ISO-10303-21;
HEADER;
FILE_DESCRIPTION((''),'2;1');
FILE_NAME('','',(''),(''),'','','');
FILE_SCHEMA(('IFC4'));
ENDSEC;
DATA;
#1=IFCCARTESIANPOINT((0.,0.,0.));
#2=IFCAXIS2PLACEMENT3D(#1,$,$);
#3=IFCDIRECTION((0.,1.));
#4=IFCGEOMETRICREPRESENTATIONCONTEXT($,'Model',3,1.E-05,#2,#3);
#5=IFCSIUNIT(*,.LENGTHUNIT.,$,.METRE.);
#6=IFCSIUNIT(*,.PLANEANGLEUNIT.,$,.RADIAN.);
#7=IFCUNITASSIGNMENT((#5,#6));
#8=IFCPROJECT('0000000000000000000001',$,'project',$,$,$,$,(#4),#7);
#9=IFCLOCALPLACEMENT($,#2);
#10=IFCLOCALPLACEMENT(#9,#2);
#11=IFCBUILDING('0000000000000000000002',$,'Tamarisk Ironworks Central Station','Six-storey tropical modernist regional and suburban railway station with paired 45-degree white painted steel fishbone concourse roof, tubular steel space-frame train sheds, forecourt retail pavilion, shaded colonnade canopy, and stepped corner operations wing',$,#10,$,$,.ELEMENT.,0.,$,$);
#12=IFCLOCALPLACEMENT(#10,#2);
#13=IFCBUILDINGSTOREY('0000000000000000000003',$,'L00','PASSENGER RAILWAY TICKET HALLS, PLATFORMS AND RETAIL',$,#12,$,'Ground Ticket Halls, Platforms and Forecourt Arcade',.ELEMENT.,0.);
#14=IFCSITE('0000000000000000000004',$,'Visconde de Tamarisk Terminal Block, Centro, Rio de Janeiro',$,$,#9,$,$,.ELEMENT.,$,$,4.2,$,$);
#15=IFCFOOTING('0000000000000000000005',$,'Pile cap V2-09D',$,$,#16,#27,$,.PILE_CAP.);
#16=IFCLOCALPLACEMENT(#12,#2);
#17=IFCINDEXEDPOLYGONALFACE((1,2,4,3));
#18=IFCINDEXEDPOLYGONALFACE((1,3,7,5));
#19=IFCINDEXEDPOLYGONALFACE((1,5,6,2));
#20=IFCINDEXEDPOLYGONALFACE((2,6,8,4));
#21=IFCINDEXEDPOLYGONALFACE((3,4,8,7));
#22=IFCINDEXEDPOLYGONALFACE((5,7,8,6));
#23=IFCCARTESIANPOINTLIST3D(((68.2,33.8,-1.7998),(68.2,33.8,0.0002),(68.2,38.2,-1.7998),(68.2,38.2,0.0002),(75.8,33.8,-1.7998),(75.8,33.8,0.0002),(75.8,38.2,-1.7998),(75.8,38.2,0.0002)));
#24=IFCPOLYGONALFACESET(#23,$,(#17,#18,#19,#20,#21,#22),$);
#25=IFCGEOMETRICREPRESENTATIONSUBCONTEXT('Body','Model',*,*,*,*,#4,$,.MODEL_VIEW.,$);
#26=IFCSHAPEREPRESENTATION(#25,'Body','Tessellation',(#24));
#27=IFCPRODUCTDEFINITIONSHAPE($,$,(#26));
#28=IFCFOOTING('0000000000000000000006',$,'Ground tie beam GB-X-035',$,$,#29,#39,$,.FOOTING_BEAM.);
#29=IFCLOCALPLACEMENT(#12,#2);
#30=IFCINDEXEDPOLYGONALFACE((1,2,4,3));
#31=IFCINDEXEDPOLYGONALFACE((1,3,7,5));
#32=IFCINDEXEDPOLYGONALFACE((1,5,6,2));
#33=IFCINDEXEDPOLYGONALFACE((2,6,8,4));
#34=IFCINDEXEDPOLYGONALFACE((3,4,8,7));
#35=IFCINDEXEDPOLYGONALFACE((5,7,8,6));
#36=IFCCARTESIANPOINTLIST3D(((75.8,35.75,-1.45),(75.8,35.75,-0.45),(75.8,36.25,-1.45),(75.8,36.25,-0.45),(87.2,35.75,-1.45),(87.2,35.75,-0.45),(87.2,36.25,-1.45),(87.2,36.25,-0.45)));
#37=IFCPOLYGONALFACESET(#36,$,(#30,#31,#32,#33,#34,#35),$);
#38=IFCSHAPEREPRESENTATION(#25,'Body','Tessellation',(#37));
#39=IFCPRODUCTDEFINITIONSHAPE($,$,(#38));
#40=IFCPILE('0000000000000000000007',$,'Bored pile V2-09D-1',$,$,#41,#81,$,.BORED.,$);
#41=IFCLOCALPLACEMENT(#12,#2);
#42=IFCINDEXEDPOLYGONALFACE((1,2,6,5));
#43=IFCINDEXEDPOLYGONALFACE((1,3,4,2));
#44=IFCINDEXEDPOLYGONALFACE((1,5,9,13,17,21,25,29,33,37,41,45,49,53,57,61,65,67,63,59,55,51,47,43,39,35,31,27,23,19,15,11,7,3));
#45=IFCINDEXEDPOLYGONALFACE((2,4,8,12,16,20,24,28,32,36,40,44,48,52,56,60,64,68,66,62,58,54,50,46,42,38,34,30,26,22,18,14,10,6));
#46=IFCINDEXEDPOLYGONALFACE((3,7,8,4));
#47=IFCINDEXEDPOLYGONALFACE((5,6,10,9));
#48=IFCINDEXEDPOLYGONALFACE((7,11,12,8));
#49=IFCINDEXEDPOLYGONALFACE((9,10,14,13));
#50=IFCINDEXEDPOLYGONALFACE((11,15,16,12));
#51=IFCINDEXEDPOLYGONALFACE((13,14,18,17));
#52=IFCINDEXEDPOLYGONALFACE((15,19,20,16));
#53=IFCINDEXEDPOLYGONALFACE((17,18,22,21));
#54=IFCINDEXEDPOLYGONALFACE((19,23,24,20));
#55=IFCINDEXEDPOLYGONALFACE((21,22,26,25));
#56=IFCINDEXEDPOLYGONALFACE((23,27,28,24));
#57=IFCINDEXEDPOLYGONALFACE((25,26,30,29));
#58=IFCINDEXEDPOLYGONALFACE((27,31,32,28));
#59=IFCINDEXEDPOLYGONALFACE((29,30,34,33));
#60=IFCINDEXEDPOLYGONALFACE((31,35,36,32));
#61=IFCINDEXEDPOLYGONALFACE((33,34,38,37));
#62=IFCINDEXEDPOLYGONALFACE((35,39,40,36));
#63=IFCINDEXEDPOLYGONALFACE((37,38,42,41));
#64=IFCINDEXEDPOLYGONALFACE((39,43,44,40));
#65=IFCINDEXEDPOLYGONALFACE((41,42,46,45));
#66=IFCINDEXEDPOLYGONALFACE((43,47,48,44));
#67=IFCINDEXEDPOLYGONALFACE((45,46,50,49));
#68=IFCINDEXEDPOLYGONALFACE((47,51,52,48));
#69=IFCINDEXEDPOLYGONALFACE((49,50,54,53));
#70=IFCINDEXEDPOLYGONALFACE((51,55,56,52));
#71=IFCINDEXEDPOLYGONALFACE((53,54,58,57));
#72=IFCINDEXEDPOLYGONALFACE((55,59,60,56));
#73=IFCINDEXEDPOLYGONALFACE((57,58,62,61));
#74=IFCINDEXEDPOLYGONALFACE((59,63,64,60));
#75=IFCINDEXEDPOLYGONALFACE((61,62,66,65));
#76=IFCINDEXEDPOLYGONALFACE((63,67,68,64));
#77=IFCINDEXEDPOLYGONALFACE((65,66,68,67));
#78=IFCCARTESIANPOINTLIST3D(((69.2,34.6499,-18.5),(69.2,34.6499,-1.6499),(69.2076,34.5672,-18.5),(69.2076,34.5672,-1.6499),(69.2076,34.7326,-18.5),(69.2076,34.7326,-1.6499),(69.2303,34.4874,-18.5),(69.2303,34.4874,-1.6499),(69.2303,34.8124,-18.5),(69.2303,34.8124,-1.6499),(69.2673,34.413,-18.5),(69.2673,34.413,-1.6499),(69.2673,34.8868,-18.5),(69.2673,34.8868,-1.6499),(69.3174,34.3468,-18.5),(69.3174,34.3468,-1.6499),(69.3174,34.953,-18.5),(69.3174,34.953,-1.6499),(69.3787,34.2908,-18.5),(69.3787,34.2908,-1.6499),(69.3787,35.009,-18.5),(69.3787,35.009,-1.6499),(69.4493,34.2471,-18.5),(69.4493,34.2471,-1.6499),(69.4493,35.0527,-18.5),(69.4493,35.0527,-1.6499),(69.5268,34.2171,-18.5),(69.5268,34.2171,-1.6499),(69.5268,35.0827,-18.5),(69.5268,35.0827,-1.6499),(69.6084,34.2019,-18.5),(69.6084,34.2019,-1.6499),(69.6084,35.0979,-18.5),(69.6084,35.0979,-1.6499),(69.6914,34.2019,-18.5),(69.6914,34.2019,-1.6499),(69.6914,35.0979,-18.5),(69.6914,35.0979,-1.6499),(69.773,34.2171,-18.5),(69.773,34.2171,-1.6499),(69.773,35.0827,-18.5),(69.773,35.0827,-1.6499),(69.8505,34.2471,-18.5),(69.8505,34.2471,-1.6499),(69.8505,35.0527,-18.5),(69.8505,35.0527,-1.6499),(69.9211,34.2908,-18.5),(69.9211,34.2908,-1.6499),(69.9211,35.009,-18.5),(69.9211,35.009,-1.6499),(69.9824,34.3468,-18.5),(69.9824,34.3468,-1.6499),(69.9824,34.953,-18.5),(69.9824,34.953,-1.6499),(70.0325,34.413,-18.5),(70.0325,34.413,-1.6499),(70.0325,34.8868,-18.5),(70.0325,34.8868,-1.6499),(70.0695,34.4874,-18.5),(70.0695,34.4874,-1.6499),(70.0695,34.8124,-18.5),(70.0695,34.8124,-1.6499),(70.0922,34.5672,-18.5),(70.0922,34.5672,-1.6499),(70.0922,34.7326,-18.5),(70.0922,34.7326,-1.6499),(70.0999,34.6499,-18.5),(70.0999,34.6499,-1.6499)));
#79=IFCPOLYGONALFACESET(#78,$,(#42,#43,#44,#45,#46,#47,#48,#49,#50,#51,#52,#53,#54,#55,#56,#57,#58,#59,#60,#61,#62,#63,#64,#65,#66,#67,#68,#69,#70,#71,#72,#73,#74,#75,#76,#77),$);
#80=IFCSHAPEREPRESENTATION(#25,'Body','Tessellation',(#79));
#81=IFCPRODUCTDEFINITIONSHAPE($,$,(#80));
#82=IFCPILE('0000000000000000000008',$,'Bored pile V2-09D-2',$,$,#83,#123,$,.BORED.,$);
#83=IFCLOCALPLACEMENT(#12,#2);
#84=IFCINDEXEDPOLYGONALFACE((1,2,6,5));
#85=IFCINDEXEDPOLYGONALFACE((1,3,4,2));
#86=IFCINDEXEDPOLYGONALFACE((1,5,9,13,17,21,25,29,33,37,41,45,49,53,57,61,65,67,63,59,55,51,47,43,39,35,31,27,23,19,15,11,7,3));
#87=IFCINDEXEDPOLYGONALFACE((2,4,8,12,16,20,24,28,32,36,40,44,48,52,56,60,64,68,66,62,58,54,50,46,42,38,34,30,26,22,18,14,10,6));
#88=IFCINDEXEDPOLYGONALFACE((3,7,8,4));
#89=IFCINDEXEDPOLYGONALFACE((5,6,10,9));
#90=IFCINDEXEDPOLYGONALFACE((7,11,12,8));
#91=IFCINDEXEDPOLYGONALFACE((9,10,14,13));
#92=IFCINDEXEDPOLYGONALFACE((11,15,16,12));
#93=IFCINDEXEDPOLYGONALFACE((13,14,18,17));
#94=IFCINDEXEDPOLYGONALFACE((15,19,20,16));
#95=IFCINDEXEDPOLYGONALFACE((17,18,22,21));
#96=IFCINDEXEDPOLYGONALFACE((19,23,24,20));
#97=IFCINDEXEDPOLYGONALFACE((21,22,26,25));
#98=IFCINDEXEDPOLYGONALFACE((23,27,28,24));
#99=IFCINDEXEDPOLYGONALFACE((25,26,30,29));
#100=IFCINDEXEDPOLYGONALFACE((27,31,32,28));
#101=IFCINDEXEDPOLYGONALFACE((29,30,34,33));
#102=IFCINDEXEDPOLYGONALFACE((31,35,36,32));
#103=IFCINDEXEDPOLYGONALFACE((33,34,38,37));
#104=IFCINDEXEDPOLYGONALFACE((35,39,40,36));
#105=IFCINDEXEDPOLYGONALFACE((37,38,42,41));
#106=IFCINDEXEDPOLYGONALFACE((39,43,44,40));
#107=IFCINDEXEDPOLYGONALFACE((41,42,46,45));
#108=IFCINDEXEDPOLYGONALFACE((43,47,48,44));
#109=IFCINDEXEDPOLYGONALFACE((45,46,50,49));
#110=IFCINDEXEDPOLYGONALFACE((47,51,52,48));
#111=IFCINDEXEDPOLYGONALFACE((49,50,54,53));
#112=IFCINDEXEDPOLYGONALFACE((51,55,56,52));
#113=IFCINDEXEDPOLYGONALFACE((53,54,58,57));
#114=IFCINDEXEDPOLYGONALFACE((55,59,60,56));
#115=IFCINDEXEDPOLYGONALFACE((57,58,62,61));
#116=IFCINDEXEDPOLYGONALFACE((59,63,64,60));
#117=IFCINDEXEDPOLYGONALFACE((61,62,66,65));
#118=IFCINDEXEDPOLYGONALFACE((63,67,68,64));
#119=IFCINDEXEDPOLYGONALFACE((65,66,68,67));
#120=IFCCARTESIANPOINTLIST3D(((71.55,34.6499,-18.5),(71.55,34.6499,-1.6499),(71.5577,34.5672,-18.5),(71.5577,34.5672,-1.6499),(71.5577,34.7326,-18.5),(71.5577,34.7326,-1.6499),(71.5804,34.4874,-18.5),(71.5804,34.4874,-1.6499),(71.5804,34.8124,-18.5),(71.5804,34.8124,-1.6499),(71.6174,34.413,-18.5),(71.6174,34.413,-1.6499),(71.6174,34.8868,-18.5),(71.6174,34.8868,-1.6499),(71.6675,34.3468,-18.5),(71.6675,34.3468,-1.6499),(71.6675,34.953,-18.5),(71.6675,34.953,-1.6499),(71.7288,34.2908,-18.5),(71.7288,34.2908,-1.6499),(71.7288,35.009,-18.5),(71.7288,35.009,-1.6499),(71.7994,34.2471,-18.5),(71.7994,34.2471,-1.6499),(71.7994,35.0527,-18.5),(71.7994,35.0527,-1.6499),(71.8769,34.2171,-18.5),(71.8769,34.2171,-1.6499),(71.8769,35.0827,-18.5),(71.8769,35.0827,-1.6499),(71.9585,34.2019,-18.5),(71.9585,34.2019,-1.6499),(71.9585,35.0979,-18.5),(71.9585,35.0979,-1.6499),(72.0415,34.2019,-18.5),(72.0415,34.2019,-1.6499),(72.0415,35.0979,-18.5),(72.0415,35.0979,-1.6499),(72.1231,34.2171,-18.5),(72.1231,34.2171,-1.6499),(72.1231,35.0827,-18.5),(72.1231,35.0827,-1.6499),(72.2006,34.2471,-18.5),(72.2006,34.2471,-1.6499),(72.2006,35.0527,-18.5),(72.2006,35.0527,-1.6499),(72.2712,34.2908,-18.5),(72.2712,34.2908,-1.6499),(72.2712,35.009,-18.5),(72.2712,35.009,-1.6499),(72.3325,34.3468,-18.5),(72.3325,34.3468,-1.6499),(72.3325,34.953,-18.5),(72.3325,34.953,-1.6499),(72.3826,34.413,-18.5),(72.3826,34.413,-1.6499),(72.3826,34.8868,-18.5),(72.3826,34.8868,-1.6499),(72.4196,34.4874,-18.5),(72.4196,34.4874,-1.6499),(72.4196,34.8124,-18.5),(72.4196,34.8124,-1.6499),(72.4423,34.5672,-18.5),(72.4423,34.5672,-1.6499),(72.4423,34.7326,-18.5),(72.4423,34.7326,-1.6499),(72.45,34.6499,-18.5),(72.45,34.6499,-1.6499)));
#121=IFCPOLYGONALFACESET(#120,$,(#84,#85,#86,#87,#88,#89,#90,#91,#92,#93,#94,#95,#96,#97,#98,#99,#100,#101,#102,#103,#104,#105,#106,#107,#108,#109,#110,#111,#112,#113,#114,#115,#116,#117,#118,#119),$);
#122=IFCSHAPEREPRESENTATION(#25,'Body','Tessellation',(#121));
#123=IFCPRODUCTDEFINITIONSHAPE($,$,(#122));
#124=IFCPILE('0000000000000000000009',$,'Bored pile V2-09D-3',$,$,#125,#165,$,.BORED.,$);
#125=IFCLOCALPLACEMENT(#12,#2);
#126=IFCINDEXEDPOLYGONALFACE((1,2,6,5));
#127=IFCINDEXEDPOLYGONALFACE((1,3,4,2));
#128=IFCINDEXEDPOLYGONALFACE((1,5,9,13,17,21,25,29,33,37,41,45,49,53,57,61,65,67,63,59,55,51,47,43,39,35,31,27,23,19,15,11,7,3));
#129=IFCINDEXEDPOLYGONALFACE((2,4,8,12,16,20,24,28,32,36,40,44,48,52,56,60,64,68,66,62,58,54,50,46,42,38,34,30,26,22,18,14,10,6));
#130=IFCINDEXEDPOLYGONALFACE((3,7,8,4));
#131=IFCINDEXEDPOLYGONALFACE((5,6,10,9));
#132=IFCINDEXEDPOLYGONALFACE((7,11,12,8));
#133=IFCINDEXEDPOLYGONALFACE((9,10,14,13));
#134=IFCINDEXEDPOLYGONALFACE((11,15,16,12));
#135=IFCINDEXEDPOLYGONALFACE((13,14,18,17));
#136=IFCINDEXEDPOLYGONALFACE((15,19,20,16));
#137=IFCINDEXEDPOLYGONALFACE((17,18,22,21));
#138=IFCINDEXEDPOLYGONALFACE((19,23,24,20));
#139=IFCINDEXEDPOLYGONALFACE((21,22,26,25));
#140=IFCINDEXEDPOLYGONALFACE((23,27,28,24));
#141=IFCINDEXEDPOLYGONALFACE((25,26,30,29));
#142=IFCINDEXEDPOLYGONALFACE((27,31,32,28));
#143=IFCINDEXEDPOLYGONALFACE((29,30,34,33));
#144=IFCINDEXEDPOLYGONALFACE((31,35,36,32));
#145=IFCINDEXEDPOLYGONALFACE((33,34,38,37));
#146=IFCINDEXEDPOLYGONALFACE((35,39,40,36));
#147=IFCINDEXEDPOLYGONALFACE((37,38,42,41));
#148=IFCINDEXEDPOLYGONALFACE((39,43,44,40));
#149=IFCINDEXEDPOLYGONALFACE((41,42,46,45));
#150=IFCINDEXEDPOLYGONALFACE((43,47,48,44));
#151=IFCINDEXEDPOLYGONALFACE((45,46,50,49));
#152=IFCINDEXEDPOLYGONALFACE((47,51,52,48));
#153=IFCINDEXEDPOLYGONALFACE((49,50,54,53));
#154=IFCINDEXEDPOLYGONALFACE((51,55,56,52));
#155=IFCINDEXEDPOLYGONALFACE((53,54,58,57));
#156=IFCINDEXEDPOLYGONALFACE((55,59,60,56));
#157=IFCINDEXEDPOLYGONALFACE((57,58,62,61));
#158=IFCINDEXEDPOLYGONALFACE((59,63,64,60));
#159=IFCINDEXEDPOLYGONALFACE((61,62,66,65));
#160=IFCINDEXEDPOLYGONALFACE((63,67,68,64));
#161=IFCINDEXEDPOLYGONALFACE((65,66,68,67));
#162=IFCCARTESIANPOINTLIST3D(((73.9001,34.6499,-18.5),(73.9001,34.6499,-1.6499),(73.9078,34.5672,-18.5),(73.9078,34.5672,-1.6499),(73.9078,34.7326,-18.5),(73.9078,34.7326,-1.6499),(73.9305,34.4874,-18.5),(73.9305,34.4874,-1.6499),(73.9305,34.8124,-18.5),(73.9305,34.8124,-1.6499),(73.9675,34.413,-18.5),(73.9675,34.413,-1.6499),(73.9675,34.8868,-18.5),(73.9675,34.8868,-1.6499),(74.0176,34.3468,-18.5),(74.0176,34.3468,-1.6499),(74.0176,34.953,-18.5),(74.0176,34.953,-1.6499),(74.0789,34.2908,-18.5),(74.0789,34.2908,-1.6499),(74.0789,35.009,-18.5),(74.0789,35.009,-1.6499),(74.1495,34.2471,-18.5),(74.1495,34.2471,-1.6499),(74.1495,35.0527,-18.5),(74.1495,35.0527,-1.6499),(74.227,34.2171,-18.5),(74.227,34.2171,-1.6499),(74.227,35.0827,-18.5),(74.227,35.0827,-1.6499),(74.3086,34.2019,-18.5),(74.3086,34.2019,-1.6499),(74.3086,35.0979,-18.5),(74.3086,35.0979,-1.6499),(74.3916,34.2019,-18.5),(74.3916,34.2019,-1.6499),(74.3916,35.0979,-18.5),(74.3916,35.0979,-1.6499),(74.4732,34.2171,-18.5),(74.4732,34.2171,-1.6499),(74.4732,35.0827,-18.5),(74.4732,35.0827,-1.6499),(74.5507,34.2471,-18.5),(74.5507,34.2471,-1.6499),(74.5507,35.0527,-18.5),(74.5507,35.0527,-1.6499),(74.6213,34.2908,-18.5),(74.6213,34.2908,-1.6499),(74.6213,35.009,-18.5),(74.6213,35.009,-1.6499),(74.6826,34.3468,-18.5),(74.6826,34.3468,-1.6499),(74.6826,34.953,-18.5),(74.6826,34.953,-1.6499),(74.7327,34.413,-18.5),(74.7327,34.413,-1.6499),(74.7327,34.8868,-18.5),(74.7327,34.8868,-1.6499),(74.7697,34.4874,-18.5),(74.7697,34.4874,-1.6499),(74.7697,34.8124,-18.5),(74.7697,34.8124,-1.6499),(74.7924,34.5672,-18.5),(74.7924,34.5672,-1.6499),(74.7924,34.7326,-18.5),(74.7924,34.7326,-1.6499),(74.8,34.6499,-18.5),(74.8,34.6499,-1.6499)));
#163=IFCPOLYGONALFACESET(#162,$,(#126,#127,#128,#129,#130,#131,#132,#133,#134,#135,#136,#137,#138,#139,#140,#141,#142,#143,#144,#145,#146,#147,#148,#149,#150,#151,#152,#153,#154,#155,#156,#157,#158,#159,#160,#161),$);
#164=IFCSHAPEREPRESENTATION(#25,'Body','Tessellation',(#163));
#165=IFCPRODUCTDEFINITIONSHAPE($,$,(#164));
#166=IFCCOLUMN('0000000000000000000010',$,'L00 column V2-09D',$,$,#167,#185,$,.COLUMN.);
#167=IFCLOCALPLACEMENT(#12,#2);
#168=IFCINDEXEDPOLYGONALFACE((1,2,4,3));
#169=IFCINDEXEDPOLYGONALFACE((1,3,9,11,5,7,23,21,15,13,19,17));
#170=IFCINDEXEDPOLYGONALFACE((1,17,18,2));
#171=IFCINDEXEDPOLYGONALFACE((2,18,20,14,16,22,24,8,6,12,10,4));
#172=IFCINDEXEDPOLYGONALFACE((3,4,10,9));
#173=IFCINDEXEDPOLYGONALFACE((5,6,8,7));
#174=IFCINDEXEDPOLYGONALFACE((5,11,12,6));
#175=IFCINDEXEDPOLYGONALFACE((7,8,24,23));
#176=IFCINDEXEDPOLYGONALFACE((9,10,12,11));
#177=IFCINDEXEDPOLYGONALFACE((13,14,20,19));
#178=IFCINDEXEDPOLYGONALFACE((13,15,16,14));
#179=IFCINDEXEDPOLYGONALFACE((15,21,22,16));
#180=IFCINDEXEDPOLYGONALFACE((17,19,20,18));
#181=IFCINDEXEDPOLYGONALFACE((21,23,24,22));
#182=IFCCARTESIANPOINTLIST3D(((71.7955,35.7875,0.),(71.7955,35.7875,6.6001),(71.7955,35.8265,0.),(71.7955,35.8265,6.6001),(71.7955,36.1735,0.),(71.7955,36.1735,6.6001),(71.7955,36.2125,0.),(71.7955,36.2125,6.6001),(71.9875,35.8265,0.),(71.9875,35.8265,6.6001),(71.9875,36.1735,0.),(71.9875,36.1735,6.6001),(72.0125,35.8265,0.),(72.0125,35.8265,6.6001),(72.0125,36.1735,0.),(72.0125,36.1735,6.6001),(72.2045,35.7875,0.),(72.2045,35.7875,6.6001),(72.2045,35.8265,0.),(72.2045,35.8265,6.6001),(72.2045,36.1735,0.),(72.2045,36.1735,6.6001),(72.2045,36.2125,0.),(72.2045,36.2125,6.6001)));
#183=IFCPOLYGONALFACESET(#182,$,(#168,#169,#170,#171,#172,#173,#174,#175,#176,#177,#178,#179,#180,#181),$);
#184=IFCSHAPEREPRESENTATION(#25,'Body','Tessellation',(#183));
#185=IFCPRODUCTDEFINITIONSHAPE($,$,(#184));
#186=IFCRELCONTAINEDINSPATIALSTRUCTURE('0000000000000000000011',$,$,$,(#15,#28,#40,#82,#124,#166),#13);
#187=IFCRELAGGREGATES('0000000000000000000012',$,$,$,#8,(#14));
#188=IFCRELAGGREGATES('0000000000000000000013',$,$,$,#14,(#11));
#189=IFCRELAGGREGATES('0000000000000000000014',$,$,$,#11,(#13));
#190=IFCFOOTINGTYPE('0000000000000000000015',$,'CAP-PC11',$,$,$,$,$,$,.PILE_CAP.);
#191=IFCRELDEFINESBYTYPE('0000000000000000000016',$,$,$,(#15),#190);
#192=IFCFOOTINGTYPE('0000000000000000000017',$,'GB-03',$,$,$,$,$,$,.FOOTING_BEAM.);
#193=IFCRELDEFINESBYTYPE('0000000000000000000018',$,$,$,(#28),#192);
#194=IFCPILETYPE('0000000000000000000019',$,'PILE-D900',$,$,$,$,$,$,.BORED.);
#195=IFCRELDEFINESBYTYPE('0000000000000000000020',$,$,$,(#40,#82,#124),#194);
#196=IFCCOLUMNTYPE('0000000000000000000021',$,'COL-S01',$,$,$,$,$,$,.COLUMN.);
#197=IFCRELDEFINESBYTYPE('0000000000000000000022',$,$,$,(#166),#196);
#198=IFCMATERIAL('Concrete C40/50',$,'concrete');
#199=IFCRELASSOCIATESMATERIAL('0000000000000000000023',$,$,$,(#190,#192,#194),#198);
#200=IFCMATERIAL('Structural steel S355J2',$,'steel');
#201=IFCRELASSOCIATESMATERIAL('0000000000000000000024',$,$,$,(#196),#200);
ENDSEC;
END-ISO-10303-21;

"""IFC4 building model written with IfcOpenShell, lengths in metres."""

from ifc_helpers import new_model, si_unit, direction, frame, origin, origin_2d, place, context, subcontext, project, spatial, rectangle, circle, i_section, extrude, material, material_profile, profile_set, type_object, element, save


model = new_model("IFC4")

# Units and contexts
model_context = context("Model", 3, precision=1e-05, world=origin(), true_north=direction((0.0, 1.0)))
body_context = subcontext(model_context, "Body", "Model", "MODEL_VIEW")
ifc_project = project(units=[si_unit("LENGTHUNIT", "METRE"), si_unit("PLANEANGLEUNIT", "RADIAN")], contexts=[model_context])

# Site, building, storey
site_placement = place(None, origin())
site = spatial("IfcSite", under=ifc_project, at=site_placement, Name="Visconde de Tamarisk Terminal Block, Centro, Rio de Janeiro", CompositionType="ELEMENT", RefElevation=4.2)
building_placement = place(site_placement, origin())
building = spatial("IfcBuilding", under=site, at=building_placement, Name="Tamarisk Ironworks Central Station", Description="Six-storey tropical modernist regional and suburban railway station with paired 45-degree white painted steel fishbone concourse roof, tubular steel space-frame train sheds, forecourt retail pavilion, shaded colonnade canopy, and stepped corner operations wing", CompositionType="ELEMENT", ElevationOfRefHeight=0.0)
storey_placement = place(building_placement, origin())
storey = spatial("IfcBuildingStorey", under=building, at=storey_placement, Name="L00", Description="PASSENGER RAILWAY TICKET HALLS, PLATFORMS AND RETAIL", LongName="Ground Ticket Halls, Platforms and Forecourt Arcade", CompositionType="ELEMENT", Elevation=0.0)

# Footings
ifc_material_1 = material(Name="Concrete C40/50", Category="concrete")
footing_type_1 = type_object("IfcFootingType", Name="CAP-PC11", PredefinedType="PILE_CAP", material=ifc_material_1)
footing_1_placement = place(storey_placement, frame((72.0, 36.0, -1.7998), z_axis=(0.0, 0.0, 1.0), x_axis=(1.0, 0.0, 0.0)))
element("IfcFooting", 1, at=footing_1_placement, inside=storey, type_object=footing_type_1, Name="Pile cap V2-09D", PredefinedType="PILE_CAP", context=body_context, shape_type="SweptSolid", body=[
    extrude(rectangle(XDim=7.6001, YDim=4.3999, at=origin_2d()), origin(), (0.0, 0.0, 1.0), 1.8),
])
ifc_material_profile_1 = material_profile(ifc_material_1, rectangle(XDim=0.5, YDim=1.0, at=origin_2d()), Name="GB03 500x1000")
ifc_profile_set_1 = profile_set([ifc_material_profile_1], Name="Concrete C40/50")
footing_type_2 = type_object("IfcFootingType", Name="GB-03", PredefinedType="FOOTING_BEAM", material=ifc_profile_set_1)
footing_2_placement = place(storey_placement, frame((75.8, 36.0, -0.95), z_axis=(1.0, 0.0, 0.0), x_axis=(0.0, 1.0, 0.0)))
element("IfcFooting", 2, at=footing_2_placement, inside=storey, type_object=footing_type_2, Name="Ground tie beam GB-X-035", PredefinedType="FOOTING_BEAM", context=body_context, shape_type="SweptSolid", body=[
    extrude(rectangle(XDim=0.5, YDim=1.0, at=origin_2d()), origin(), (0.0, 0.0, 1.0), 11.3999),
])

# Piles
ifc_material_profile_2 = material_profile(ifc_material_1, circle(Radius=0.45, at=origin_2d()), Name="BORED PILE D900")
ifc_profile_set_2 = profile_set([ifc_material_profile_2], Name="Concrete C40/50")
pile_type = type_object("IfcPileType", Name="PILE-D900", PredefinedType="BORED", material=ifc_profile_set_2)
for number, where, z_axis, x_axis, name in (
    (3, (69.6499, 34.6499, -1.6499), (0.0, 0.0, -1.0), (1.0, 0.0, 0.0), "Bored pile V2-09D-1"),
    (4, (72.0, 34.6499, -1.6499), (0.0, 0.0, -1.0), (1.0, 0.0, 0.0), "Bored pile V2-09D-2"),
    (5, (74.3501, 34.6499, -1.6499), (0.0, 0.0, -1.0), (1.0, 0.0, 0.0), "Bored pile V2-09D-3"),
):
    element("IfcPile", number, at=place(storey_placement, frame(where, z_axis=z_axis, x_axis=x_axis)), inside=storey, type_object=pile_type, Name=name, PredefinedType="BORED", context=body_context, shape_type="SweptSolid", body=[
        extrude(circle(Radius=0.45, at=origin_2d()), origin(), (0.0, 0.0, 1.0), 16.8501),
    ])

# Column
ifc_material_2 = material(Name="Structural steel S355J2", Category="steel")
ifc_material_profile_3 = material_profile(ifc_material_2, i_section(OverallWidth=0.4089, OverallDepth=0.425, WebThickness=0.0249, FlangeThickness=0.0391, at=origin_2d()), Name="HD 400x421")
ifc_profile_set_3 = profile_set([ifc_material_profile_3], Name="Structural steel S355J2")
column_type_1 = type_object("IfcColumnType", Name="COL-S01", PredefinedType="COLUMN", material=ifc_profile_set_3)
column_placement = place(storey_placement, frame((72.0, 36.0, 0.0), z_axis=(0.0, 0.0, 1.0), x_axis=(1.0, 0.0, 0.0)))
element("IfcColumn", 6, at=column_placement, inside=storey, type_object=column_type_1, Name="L00 column V2-09D", PredefinedType="COLUMN", context=body_context, shape_type="SweptSolid", body=[
    extrude(i_section(OverallWidth=0.4089, OverallDepth=0.425, WebThickness=0.0249, FlangeThickness=0.0391, at=origin_2d()), origin(), (0.0, 0.0, 1.0), 6.6001),
])

save(model, "model.ifc")
